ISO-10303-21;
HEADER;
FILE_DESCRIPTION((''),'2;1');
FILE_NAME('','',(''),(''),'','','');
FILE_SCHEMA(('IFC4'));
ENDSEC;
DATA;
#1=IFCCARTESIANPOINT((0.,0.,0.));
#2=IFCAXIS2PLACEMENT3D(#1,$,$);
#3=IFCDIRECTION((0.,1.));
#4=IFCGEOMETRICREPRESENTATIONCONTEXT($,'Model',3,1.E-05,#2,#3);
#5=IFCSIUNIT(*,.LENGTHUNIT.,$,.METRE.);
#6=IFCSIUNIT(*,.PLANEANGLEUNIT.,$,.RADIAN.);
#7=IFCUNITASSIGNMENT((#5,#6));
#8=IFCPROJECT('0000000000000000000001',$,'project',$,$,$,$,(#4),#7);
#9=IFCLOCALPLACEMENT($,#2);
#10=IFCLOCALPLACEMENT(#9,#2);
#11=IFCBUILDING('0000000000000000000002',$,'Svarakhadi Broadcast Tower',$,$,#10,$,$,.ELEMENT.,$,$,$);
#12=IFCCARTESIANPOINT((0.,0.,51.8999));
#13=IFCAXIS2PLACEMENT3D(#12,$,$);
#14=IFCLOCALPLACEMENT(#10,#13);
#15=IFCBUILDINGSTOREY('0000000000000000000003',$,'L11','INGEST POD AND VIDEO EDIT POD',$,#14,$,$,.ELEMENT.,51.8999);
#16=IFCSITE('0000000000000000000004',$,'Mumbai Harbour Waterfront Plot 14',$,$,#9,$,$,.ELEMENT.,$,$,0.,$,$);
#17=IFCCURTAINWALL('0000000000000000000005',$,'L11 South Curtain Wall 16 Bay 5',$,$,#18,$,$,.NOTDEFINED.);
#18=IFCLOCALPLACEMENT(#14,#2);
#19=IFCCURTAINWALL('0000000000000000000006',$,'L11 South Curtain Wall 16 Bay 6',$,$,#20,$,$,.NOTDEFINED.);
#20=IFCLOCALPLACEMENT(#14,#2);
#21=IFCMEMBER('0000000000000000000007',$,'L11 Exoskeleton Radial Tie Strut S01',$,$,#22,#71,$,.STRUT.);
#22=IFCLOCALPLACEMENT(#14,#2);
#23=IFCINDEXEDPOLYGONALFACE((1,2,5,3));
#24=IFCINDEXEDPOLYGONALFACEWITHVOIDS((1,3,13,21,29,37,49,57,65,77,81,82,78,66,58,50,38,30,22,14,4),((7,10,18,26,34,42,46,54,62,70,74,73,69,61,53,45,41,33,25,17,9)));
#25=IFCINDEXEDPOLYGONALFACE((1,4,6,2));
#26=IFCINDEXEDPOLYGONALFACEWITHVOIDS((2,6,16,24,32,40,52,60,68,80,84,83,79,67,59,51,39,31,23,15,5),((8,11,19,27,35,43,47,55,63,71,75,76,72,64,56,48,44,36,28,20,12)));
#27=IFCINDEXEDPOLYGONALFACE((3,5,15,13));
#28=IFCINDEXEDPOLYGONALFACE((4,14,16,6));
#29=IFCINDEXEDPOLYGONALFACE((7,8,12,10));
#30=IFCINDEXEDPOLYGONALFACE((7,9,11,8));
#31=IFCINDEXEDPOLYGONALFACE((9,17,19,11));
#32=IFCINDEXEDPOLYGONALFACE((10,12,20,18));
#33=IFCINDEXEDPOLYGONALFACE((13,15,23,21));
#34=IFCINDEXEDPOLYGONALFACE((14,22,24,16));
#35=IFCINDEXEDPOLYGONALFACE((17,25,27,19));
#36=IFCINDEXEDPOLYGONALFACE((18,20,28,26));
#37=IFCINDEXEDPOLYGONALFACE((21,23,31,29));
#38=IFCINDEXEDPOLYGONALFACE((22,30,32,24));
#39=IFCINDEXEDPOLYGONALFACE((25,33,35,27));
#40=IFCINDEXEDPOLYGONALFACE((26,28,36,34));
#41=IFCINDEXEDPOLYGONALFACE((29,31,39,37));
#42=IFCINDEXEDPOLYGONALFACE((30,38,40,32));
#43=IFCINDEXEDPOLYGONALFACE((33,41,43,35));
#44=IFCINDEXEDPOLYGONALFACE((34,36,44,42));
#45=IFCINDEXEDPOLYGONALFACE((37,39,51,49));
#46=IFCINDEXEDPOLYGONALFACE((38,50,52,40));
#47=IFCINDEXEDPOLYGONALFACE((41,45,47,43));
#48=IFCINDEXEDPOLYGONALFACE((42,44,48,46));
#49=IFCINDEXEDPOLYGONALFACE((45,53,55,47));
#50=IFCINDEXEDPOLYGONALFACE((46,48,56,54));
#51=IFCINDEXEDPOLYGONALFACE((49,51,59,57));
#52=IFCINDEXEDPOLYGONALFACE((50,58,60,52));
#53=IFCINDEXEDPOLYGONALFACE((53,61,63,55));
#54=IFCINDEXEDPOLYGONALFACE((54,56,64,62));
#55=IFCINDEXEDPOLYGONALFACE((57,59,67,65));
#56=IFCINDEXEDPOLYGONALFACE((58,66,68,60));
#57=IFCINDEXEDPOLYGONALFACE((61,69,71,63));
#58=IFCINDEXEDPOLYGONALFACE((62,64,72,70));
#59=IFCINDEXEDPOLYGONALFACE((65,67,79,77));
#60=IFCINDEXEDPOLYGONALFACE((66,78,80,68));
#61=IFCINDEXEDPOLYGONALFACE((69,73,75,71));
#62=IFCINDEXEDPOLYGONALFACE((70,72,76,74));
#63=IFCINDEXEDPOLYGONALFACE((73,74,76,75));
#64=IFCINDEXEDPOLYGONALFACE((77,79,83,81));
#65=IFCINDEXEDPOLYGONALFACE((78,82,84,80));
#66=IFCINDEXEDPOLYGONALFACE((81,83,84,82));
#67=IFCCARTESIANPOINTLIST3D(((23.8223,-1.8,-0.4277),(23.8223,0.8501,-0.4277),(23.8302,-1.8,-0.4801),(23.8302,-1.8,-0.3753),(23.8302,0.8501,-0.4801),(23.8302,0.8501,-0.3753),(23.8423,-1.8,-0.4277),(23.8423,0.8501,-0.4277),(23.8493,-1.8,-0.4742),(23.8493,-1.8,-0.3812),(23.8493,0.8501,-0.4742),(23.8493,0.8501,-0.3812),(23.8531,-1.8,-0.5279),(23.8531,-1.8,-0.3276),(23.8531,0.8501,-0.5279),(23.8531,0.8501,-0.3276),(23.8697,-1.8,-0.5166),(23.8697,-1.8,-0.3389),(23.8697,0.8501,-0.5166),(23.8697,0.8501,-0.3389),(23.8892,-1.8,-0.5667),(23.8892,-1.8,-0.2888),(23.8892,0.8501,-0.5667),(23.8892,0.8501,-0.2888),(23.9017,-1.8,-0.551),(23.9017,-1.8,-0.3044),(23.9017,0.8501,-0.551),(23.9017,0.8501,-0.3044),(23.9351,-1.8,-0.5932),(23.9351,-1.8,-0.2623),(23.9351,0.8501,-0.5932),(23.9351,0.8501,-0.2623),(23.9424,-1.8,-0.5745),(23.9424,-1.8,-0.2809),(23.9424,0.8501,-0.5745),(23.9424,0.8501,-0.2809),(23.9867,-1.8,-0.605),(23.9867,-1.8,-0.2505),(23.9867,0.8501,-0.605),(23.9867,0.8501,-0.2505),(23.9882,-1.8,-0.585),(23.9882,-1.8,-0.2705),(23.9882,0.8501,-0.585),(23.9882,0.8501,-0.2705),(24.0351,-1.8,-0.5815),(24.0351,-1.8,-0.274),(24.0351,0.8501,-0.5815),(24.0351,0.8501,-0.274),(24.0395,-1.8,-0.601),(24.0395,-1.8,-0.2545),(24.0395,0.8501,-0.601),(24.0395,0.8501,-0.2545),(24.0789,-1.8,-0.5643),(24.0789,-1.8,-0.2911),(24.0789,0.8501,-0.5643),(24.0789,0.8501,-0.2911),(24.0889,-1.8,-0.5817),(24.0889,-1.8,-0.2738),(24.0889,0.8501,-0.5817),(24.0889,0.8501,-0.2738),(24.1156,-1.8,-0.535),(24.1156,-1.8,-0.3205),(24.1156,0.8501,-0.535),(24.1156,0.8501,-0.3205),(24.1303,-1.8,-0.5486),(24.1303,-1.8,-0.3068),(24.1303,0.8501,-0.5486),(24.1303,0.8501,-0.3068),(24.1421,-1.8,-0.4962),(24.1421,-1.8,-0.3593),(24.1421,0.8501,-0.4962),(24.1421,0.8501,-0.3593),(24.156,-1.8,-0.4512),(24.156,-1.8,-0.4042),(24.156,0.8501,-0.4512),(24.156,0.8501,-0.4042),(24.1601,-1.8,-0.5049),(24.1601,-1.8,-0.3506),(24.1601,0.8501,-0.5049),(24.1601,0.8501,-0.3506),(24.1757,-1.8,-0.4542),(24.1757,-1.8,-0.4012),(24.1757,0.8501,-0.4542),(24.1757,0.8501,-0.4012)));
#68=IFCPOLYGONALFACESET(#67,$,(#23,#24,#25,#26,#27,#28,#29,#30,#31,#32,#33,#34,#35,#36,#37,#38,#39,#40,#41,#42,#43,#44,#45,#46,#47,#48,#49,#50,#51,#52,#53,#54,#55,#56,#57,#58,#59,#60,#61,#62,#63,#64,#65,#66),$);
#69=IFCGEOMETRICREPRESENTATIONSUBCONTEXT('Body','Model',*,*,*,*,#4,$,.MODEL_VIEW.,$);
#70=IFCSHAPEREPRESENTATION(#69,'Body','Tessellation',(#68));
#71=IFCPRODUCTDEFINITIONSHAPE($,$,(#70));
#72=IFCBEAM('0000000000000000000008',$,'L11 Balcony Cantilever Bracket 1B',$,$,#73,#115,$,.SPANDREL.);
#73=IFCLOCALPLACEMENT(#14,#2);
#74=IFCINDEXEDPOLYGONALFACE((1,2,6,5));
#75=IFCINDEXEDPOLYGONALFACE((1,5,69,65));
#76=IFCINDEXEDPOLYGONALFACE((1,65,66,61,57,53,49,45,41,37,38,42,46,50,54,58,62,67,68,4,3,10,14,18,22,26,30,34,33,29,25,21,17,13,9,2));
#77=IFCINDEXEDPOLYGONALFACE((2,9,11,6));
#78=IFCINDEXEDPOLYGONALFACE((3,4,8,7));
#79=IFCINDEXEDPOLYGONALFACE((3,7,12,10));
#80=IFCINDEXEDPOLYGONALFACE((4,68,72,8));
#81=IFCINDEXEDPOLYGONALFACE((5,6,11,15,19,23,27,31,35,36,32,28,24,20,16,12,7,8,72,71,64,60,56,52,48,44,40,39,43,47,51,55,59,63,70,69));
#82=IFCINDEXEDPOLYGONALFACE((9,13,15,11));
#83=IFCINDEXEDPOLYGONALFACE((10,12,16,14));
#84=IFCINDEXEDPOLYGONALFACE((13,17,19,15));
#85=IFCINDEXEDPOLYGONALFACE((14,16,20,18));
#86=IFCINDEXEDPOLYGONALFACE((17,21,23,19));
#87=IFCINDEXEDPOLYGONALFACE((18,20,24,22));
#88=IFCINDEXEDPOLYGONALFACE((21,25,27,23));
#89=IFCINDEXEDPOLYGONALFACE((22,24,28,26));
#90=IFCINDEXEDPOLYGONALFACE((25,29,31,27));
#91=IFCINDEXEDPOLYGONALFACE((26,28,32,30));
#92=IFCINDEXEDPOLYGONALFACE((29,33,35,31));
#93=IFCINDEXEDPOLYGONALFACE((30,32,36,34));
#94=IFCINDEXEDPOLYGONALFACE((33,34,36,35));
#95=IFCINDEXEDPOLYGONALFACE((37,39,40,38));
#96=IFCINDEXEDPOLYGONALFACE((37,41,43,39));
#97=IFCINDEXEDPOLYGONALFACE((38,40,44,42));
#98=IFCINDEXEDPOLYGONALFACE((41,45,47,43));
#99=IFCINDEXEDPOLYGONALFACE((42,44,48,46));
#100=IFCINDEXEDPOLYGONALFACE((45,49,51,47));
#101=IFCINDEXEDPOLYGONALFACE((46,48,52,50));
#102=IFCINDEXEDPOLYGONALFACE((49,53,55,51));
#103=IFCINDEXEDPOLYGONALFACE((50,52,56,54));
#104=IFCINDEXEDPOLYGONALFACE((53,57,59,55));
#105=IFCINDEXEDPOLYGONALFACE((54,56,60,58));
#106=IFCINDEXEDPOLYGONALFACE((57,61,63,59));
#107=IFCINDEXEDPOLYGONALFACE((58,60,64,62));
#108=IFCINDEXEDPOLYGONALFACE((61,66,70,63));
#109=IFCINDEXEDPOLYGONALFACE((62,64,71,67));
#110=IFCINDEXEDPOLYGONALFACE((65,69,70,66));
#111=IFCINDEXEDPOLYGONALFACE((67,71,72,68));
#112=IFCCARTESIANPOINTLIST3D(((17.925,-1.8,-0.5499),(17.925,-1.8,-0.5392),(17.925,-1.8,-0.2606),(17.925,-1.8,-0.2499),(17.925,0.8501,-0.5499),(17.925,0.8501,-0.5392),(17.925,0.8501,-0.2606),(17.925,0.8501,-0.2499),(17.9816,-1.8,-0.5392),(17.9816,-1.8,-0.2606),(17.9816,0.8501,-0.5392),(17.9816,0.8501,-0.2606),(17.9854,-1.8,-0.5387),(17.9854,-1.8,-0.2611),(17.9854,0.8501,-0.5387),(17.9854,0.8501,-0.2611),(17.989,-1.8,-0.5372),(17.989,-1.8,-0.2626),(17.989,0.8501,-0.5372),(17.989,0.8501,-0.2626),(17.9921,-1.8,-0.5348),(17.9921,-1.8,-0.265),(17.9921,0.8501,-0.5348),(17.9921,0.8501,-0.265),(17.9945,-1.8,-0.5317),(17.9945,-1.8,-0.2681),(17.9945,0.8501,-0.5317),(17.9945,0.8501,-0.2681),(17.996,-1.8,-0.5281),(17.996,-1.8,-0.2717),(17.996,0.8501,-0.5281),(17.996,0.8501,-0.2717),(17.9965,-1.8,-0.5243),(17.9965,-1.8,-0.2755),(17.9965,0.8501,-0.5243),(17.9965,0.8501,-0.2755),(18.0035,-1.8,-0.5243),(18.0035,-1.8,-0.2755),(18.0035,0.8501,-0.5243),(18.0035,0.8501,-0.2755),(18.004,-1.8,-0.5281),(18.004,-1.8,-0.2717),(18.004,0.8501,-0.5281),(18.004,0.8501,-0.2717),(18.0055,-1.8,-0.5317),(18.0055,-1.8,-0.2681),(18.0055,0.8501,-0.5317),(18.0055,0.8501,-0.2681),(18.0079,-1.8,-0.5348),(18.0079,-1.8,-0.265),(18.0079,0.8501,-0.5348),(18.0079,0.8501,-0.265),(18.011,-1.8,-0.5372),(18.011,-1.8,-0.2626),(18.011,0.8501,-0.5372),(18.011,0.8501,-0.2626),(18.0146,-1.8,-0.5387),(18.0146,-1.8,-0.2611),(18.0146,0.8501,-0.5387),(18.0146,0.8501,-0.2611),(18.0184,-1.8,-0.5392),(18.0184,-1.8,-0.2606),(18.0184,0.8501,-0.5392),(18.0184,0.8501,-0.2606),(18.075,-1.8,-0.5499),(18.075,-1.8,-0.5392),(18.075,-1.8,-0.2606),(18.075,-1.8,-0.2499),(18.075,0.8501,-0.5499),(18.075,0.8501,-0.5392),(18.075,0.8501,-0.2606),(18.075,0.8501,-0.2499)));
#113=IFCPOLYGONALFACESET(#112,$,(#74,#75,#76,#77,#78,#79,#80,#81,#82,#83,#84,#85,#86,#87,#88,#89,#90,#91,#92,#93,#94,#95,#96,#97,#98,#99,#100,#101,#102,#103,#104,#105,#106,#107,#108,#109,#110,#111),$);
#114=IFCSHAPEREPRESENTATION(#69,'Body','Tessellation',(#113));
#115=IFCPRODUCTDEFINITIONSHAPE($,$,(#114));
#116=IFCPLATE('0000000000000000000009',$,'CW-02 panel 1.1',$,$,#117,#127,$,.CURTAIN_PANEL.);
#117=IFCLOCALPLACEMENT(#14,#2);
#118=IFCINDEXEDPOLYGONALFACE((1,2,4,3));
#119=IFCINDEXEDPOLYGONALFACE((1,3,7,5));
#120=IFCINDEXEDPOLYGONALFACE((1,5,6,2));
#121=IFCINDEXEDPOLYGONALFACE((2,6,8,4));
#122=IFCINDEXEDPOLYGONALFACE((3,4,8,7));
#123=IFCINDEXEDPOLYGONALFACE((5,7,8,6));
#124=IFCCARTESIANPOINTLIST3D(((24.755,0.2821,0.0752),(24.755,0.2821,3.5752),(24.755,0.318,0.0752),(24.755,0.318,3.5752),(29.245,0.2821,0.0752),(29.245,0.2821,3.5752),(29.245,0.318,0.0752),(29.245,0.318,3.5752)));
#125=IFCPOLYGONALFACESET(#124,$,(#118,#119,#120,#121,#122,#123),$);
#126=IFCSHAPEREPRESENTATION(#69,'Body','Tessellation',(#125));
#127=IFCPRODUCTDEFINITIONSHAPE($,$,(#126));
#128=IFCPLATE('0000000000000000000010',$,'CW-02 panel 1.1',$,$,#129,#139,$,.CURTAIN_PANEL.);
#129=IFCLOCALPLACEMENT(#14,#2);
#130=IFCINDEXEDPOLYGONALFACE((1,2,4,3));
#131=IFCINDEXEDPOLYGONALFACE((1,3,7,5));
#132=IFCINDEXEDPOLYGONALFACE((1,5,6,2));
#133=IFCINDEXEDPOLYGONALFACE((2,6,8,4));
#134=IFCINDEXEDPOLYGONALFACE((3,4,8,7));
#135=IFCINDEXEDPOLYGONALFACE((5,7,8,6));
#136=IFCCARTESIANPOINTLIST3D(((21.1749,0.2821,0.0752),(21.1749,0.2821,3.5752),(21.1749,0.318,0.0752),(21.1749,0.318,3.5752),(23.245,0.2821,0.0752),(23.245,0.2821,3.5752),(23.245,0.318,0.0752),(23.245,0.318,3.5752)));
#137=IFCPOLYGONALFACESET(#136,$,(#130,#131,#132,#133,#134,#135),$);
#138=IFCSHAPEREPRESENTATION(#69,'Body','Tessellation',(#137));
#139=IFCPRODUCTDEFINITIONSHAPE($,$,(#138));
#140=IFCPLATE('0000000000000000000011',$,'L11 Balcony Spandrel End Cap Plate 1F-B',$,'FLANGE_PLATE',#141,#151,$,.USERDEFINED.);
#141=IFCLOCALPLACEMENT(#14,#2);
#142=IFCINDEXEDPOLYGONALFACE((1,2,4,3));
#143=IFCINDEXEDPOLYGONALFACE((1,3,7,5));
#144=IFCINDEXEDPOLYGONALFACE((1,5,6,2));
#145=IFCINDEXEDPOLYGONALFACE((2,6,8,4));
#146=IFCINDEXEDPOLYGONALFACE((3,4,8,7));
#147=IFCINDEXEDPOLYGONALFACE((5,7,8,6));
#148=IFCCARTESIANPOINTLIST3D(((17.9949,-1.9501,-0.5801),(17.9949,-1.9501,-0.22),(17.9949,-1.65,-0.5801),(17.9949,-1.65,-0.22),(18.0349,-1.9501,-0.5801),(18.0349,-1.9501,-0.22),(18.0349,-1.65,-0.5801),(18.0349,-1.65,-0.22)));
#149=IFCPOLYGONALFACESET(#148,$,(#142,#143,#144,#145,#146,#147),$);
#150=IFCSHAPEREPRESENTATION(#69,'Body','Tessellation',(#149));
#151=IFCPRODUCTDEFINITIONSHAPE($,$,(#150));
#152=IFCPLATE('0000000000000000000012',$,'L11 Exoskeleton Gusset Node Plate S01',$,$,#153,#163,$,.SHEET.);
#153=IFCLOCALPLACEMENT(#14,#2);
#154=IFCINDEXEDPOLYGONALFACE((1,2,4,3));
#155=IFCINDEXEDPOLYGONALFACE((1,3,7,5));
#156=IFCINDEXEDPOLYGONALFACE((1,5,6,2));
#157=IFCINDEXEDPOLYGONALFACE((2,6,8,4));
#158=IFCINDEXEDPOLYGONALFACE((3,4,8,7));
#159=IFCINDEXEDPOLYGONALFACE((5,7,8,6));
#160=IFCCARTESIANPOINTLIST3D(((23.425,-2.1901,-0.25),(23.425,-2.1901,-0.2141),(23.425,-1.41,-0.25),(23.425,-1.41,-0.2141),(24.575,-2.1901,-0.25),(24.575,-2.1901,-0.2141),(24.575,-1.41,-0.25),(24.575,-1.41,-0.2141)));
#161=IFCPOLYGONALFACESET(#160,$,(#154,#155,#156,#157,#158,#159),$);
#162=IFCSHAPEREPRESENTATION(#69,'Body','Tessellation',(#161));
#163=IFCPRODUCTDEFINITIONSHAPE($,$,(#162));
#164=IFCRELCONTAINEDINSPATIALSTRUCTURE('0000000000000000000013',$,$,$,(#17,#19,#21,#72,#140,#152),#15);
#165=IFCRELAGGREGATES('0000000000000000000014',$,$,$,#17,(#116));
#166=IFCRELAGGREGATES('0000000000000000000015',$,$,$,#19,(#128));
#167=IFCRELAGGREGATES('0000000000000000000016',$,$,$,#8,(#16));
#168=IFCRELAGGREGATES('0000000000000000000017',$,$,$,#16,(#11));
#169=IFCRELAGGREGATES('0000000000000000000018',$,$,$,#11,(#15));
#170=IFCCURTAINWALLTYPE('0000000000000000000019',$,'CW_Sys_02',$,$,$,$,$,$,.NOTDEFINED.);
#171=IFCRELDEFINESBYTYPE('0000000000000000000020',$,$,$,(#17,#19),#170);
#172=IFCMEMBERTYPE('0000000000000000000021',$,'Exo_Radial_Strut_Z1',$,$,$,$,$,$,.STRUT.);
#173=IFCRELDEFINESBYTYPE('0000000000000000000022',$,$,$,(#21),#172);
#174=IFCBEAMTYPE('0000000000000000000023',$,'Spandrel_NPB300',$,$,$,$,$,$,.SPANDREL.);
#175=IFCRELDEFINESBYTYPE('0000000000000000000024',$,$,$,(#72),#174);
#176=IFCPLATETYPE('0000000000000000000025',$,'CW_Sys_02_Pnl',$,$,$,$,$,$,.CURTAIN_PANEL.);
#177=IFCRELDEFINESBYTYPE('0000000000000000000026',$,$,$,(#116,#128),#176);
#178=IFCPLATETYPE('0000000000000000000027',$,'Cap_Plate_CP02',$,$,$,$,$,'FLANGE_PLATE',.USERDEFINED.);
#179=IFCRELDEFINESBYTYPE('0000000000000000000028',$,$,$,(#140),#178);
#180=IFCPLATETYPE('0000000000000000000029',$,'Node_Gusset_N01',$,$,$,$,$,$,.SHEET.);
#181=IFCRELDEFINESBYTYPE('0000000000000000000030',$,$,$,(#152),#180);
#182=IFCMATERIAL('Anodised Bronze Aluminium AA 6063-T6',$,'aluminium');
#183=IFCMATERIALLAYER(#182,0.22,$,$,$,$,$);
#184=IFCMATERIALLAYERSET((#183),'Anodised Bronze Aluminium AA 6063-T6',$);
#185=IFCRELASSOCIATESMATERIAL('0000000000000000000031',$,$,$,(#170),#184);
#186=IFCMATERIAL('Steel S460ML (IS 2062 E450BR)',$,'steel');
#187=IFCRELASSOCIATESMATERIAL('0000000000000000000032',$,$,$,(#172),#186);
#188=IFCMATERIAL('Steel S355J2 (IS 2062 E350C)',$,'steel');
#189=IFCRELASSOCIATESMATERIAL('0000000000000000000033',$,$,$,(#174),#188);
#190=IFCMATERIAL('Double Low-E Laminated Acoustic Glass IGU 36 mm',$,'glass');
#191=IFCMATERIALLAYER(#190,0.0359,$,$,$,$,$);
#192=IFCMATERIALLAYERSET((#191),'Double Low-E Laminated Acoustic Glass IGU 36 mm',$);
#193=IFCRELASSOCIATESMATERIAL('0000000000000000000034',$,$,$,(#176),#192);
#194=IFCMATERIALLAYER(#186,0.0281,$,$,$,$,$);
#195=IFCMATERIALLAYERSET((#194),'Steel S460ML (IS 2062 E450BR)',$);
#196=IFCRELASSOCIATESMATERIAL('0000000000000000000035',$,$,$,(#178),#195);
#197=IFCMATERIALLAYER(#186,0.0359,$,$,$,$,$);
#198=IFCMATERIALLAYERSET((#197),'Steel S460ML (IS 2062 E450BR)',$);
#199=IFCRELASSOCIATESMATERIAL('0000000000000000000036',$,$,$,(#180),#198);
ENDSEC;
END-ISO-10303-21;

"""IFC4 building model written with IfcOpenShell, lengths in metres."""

from ifc_helpers import new_model, si_unit, direction, frame, origin, origin_2d, place, context, subcontext, project, spatial, rectangle, hollow_circle, i_section, extrude, material, layer, layer_set, material_profile, profile_set, type_object, element, aggregate, save


model = new_model("IFC4")

# Units and contexts
model_context = context("Model", 3, precision=1e-05, world=origin(), true_north=direction((0.0, 1.0)))
body_context = subcontext(model_context, "Body", "Model", "MODEL_VIEW")
ifc_project = project(units=[si_unit("LENGTHUNIT", "METRE"), si_unit("PLANEANGLEUNIT", "RADIAN")], contexts=[model_context])

# Site, building, storey
site_placement = place(None, origin())
site = spatial("IfcSite", under=ifc_project, at=site_placement, Name="Mumbai Harbour Waterfront Plot 14", CompositionType="ELEMENT", RefElevation=0.0)
building_placement = place(site_placement, origin())
building = spatial("IfcBuilding", under=site, at=building_placement, Name="Svarakhadi Broadcast Tower", CompositionType="ELEMENT")
storey_placement = place(building_placement, frame((0.0, 0.0, 51.8999)))
storey = spatial("IfcBuildingStorey", under=building, at=storey_placement, Name="L11", Description="INGEST POD AND VIDEO EDIT POD", CompositionType="ELEMENT", Elevation=51.8999)

# Curtain wall
ifc_material_1 = material(Name="Anodised Bronze Aluminium AA 6063-T6", Category="aluminium")
ifc_layer_1 = layer(ifc_material_1, 0.22)
ifc_layer_set_1 = layer_set([ifc_layer_1], Name="Anodised Bronze Aluminium AA 6063-T6")
curtain_wall_type = type_object("IfcCurtainWallType", Name="CW_Sys_02", PredefinedType="NOTDEFINED", material=ifc_layer_set_1)
curtain_wall_1_placement = place(storey_placement, origin())
curtain_wall_1 = element("IfcCurtainWall", 1, at=curtain_wall_1_placement, inside=storey, type_object=curtain_wall_type, Name="L11 South Curtain Wall 16 Bay 5", PredefinedType="NOTDEFINED")

# Curtain wall
curtain_wall_2_placement = place(storey_placement, origin())
curtain_wall_2 = element("IfcCurtainWall", 2, at=curtain_wall_2_placement, inside=storey, type_object=curtain_wall_type, Name="L11 South Curtain Wall 16 Bay 6", PredefinedType="NOTDEFINED")

# Member
ifc_material_2 = material(Name="Steel S460ML (IS 2062 E450BR)", Category="steel")
ifc_material_profile_1 = material_profile(ifc_material_2, hollow_circle(Radius=0.1777, WallThickness=0.02, at=origin_2d()), Name="CHS 355.6x20")
ifc_profile_set_1 = profile_set([ifc_material_profile_1], Name="Steel S460ML (IS 2062 E450BR)")
member_type_1 = type_object("IfcMemberType", Name="Exo_Radial_Strut_Z1", PredefinedType="STRUT", material=ifc_profile_set_1)
member_1_placement = place(storey_placement, frame((24.0, -1.8, -0.4277), z_axis=(0.0, 1.0, 0.0), x_axis=(-1.0, 0.0, 0.0)))
element("IfcMember", 3, at=member_1_placement, inside=storey, type_object=member_type_1, Name="L11 Exoskeleton Radial Tie Strut S01", PredefinedType="STRUT", context=body_context, shape_type="SweptSolid", body=[
    extrude(hollow_circle(Radius=0.1777, WallThickness=0.02, at=origin_2d()), origin(), (0.0, 0.0, 1.0), 2.6501),
])

# Beam
ifc_material_3 = material(Name="Steel S355J2 (IS 2062 E350C)", Category="steel")
ifc_material_profile_2 = material_profile(ifc_material_3, i_section(OverallWidth=0.1499, OverallDepth=0.3, WebThickness=0.0071, FlangeThickness=0.0107, FilletRadius=0.0149, at=origin_2d()), Name="NPB 300x150x37")
ifc_profile_set_2 = profile_set([ifc_material_profile_2], Name="Steel S355J2 (IS 2062 E350C)")
beam_type = type_object("IfcBeamType", Name="Spandrel_NPB300", PredefinedType="SPANDREL", material=ifc_profile_set_2)
beam_placement = place(storey_placement, frame((18.0, 0.8501, -0.3999), z_axis=(0.0, -1.0, 0.0), x_axis=(1.0, 0.0, 0.0)))
element("IfcBeam", 4, at=beam_placement, inside=storey, type_object=beam_type, Name="L11 Balcony Cantilever Bracket 1B", PredefinedType="SPANDREL", context=body_context, shape_type="SweptSolid", body=[
    extrude(i_section(OverallWidth=0.1499, OverallDepth=0.3, WebThickness=0.0071, FlangeThickness=0.0107, FilletRadius=0.0149, at=origin_2d()), origin(), (0.0, 0.0, 1.0), 2.6501),
])

# Plates
ifc_material_4 = material(Name="Double Low-E Laminated Acoustic Glass IGU 36 mm", Category="glass")
ifc_layer_2 = layer(ifc_material_4, 0.0359)
ifc_layer_set_2 = layer_set([ifc_layer_2], Name="Double Low-E Laminated Acoustic Glass IGU 36 mm")
plate_type_1 = type_object("IfcPlateType", Name="CW_Sys_02_Pnl", PredefinedType="CURTAIN_PANEL", material=ifc_layer_set_2)
plate_1_placement = place(storey_placement, frame((27.0, 0.3, 0.0752), z_axis=(0.0, 0.0, 1.0), x_axis=(-1.0, 0.0, 0.0)))
plate_1 = element("IfcPlate", 5, at=plate_1_placement, type_object=plate_type_1, Name="CW-02 panel 1.1", PredefinedType="CURTAIN_PANEL", context=body_context, shape_type="SweptSolid", body=[
    extrude(rectangle(XDim=4.49, YDim=0.0359, at=origin_2d()), origin(), (0.0, 0.0, 1.0), 3.5),
])
aggregate(curtain_wall_1, [plate_1])
plate_2_placement = place(storey_placement, frame((22.21, 0.3, 0.0752), z_axis=(0.0, 0.0, 1.0), x_axis=(-1.0, 0.0, 0.0)))
plate_2 = element("IfcPlate", 6, at=plate_2_placement, type_object=plate_type_1, Name="CW-02 panel 1.1", PredefinedType="CURTAIN_PANEL", context=body_context, shape_type="SweptSolid", body=[
    extrude(rectangle(XDim=2.0701, YDim=0.0359, at=origin_2d()), origin(), (0.0, 0.0, 1.0), 3.5),
])
aggregate(curtain_wall_2, [plate_2])

# Plates
ifc_layer_3 = layer(ifc_material_2, 0.0281)
ifc_layer_set_3 = layer_set([ifc_layer_3], Name="Steel S460ML (IS 2062 E450BR)")
plate_type_2 = type_object("IfcPlateType", Name="Cap_Plate_CP02", ElementType="FLANGE_PLATE", PredefinedType="USERDEFINED", material=ifc_layer_set_3)
plate_3_placement = place(storey_placement, frame((18.0149, -1.8, -0.5801), z_axis=(0.0, 0.0, 1.0), x_axis=(1.0, 0.0, 0.0)))
element("IfcPlate", 7, at=plate_3_placement, inside=storey, type_object=plate_type_2, Name="L11 Balcony Spandrel End Cap Plate 1F-B", ObjectType="FLANGE_PLATE", PredefinedType="USERDEFINED", context=body_context, shape_type="SweptSolid", body=[
    extrude(rectangle(XDim=0.04, YDim=0.3, at=origin_2d()), origin(), (0.0, 0.0, 1.0), 0.3601),
])
ifc_layer_4 = layer(ifc_material_2, 0.0359)
ifc_layer_set_4 = layer_set([ifc_layer_4], Name="Steel S460ML (IS 2062 E450BR)")
plate_type_3 = type_object("IfcPlateType", Name="Node_Gusset_N01", PredefinedType="SHEET", material=ifc_layer_set_4)
plate_4_placement = place(storey_placement, frame((24.0, -1.8, -0.25), z_axis=(0.0, 0.0, 1.0), x_axis=(1.0, 0.0, 0.0)))
element("IfcPlate", 8, at=plate_4_placement, inside=storey, type_object=plate_type_3, Name="L11 Exoskeleton Gusset Node Plate S01", PredefinedType="SHEET", context=body_context, shape_type="SweptSolid", body=[
    extrude(rectangle(XDim=1.1499, YDim=0.78, at=origin_2d()), origin(), (0.0, 0.0, 1.0), 0.0359),
])

save(model, "model.ifc")
